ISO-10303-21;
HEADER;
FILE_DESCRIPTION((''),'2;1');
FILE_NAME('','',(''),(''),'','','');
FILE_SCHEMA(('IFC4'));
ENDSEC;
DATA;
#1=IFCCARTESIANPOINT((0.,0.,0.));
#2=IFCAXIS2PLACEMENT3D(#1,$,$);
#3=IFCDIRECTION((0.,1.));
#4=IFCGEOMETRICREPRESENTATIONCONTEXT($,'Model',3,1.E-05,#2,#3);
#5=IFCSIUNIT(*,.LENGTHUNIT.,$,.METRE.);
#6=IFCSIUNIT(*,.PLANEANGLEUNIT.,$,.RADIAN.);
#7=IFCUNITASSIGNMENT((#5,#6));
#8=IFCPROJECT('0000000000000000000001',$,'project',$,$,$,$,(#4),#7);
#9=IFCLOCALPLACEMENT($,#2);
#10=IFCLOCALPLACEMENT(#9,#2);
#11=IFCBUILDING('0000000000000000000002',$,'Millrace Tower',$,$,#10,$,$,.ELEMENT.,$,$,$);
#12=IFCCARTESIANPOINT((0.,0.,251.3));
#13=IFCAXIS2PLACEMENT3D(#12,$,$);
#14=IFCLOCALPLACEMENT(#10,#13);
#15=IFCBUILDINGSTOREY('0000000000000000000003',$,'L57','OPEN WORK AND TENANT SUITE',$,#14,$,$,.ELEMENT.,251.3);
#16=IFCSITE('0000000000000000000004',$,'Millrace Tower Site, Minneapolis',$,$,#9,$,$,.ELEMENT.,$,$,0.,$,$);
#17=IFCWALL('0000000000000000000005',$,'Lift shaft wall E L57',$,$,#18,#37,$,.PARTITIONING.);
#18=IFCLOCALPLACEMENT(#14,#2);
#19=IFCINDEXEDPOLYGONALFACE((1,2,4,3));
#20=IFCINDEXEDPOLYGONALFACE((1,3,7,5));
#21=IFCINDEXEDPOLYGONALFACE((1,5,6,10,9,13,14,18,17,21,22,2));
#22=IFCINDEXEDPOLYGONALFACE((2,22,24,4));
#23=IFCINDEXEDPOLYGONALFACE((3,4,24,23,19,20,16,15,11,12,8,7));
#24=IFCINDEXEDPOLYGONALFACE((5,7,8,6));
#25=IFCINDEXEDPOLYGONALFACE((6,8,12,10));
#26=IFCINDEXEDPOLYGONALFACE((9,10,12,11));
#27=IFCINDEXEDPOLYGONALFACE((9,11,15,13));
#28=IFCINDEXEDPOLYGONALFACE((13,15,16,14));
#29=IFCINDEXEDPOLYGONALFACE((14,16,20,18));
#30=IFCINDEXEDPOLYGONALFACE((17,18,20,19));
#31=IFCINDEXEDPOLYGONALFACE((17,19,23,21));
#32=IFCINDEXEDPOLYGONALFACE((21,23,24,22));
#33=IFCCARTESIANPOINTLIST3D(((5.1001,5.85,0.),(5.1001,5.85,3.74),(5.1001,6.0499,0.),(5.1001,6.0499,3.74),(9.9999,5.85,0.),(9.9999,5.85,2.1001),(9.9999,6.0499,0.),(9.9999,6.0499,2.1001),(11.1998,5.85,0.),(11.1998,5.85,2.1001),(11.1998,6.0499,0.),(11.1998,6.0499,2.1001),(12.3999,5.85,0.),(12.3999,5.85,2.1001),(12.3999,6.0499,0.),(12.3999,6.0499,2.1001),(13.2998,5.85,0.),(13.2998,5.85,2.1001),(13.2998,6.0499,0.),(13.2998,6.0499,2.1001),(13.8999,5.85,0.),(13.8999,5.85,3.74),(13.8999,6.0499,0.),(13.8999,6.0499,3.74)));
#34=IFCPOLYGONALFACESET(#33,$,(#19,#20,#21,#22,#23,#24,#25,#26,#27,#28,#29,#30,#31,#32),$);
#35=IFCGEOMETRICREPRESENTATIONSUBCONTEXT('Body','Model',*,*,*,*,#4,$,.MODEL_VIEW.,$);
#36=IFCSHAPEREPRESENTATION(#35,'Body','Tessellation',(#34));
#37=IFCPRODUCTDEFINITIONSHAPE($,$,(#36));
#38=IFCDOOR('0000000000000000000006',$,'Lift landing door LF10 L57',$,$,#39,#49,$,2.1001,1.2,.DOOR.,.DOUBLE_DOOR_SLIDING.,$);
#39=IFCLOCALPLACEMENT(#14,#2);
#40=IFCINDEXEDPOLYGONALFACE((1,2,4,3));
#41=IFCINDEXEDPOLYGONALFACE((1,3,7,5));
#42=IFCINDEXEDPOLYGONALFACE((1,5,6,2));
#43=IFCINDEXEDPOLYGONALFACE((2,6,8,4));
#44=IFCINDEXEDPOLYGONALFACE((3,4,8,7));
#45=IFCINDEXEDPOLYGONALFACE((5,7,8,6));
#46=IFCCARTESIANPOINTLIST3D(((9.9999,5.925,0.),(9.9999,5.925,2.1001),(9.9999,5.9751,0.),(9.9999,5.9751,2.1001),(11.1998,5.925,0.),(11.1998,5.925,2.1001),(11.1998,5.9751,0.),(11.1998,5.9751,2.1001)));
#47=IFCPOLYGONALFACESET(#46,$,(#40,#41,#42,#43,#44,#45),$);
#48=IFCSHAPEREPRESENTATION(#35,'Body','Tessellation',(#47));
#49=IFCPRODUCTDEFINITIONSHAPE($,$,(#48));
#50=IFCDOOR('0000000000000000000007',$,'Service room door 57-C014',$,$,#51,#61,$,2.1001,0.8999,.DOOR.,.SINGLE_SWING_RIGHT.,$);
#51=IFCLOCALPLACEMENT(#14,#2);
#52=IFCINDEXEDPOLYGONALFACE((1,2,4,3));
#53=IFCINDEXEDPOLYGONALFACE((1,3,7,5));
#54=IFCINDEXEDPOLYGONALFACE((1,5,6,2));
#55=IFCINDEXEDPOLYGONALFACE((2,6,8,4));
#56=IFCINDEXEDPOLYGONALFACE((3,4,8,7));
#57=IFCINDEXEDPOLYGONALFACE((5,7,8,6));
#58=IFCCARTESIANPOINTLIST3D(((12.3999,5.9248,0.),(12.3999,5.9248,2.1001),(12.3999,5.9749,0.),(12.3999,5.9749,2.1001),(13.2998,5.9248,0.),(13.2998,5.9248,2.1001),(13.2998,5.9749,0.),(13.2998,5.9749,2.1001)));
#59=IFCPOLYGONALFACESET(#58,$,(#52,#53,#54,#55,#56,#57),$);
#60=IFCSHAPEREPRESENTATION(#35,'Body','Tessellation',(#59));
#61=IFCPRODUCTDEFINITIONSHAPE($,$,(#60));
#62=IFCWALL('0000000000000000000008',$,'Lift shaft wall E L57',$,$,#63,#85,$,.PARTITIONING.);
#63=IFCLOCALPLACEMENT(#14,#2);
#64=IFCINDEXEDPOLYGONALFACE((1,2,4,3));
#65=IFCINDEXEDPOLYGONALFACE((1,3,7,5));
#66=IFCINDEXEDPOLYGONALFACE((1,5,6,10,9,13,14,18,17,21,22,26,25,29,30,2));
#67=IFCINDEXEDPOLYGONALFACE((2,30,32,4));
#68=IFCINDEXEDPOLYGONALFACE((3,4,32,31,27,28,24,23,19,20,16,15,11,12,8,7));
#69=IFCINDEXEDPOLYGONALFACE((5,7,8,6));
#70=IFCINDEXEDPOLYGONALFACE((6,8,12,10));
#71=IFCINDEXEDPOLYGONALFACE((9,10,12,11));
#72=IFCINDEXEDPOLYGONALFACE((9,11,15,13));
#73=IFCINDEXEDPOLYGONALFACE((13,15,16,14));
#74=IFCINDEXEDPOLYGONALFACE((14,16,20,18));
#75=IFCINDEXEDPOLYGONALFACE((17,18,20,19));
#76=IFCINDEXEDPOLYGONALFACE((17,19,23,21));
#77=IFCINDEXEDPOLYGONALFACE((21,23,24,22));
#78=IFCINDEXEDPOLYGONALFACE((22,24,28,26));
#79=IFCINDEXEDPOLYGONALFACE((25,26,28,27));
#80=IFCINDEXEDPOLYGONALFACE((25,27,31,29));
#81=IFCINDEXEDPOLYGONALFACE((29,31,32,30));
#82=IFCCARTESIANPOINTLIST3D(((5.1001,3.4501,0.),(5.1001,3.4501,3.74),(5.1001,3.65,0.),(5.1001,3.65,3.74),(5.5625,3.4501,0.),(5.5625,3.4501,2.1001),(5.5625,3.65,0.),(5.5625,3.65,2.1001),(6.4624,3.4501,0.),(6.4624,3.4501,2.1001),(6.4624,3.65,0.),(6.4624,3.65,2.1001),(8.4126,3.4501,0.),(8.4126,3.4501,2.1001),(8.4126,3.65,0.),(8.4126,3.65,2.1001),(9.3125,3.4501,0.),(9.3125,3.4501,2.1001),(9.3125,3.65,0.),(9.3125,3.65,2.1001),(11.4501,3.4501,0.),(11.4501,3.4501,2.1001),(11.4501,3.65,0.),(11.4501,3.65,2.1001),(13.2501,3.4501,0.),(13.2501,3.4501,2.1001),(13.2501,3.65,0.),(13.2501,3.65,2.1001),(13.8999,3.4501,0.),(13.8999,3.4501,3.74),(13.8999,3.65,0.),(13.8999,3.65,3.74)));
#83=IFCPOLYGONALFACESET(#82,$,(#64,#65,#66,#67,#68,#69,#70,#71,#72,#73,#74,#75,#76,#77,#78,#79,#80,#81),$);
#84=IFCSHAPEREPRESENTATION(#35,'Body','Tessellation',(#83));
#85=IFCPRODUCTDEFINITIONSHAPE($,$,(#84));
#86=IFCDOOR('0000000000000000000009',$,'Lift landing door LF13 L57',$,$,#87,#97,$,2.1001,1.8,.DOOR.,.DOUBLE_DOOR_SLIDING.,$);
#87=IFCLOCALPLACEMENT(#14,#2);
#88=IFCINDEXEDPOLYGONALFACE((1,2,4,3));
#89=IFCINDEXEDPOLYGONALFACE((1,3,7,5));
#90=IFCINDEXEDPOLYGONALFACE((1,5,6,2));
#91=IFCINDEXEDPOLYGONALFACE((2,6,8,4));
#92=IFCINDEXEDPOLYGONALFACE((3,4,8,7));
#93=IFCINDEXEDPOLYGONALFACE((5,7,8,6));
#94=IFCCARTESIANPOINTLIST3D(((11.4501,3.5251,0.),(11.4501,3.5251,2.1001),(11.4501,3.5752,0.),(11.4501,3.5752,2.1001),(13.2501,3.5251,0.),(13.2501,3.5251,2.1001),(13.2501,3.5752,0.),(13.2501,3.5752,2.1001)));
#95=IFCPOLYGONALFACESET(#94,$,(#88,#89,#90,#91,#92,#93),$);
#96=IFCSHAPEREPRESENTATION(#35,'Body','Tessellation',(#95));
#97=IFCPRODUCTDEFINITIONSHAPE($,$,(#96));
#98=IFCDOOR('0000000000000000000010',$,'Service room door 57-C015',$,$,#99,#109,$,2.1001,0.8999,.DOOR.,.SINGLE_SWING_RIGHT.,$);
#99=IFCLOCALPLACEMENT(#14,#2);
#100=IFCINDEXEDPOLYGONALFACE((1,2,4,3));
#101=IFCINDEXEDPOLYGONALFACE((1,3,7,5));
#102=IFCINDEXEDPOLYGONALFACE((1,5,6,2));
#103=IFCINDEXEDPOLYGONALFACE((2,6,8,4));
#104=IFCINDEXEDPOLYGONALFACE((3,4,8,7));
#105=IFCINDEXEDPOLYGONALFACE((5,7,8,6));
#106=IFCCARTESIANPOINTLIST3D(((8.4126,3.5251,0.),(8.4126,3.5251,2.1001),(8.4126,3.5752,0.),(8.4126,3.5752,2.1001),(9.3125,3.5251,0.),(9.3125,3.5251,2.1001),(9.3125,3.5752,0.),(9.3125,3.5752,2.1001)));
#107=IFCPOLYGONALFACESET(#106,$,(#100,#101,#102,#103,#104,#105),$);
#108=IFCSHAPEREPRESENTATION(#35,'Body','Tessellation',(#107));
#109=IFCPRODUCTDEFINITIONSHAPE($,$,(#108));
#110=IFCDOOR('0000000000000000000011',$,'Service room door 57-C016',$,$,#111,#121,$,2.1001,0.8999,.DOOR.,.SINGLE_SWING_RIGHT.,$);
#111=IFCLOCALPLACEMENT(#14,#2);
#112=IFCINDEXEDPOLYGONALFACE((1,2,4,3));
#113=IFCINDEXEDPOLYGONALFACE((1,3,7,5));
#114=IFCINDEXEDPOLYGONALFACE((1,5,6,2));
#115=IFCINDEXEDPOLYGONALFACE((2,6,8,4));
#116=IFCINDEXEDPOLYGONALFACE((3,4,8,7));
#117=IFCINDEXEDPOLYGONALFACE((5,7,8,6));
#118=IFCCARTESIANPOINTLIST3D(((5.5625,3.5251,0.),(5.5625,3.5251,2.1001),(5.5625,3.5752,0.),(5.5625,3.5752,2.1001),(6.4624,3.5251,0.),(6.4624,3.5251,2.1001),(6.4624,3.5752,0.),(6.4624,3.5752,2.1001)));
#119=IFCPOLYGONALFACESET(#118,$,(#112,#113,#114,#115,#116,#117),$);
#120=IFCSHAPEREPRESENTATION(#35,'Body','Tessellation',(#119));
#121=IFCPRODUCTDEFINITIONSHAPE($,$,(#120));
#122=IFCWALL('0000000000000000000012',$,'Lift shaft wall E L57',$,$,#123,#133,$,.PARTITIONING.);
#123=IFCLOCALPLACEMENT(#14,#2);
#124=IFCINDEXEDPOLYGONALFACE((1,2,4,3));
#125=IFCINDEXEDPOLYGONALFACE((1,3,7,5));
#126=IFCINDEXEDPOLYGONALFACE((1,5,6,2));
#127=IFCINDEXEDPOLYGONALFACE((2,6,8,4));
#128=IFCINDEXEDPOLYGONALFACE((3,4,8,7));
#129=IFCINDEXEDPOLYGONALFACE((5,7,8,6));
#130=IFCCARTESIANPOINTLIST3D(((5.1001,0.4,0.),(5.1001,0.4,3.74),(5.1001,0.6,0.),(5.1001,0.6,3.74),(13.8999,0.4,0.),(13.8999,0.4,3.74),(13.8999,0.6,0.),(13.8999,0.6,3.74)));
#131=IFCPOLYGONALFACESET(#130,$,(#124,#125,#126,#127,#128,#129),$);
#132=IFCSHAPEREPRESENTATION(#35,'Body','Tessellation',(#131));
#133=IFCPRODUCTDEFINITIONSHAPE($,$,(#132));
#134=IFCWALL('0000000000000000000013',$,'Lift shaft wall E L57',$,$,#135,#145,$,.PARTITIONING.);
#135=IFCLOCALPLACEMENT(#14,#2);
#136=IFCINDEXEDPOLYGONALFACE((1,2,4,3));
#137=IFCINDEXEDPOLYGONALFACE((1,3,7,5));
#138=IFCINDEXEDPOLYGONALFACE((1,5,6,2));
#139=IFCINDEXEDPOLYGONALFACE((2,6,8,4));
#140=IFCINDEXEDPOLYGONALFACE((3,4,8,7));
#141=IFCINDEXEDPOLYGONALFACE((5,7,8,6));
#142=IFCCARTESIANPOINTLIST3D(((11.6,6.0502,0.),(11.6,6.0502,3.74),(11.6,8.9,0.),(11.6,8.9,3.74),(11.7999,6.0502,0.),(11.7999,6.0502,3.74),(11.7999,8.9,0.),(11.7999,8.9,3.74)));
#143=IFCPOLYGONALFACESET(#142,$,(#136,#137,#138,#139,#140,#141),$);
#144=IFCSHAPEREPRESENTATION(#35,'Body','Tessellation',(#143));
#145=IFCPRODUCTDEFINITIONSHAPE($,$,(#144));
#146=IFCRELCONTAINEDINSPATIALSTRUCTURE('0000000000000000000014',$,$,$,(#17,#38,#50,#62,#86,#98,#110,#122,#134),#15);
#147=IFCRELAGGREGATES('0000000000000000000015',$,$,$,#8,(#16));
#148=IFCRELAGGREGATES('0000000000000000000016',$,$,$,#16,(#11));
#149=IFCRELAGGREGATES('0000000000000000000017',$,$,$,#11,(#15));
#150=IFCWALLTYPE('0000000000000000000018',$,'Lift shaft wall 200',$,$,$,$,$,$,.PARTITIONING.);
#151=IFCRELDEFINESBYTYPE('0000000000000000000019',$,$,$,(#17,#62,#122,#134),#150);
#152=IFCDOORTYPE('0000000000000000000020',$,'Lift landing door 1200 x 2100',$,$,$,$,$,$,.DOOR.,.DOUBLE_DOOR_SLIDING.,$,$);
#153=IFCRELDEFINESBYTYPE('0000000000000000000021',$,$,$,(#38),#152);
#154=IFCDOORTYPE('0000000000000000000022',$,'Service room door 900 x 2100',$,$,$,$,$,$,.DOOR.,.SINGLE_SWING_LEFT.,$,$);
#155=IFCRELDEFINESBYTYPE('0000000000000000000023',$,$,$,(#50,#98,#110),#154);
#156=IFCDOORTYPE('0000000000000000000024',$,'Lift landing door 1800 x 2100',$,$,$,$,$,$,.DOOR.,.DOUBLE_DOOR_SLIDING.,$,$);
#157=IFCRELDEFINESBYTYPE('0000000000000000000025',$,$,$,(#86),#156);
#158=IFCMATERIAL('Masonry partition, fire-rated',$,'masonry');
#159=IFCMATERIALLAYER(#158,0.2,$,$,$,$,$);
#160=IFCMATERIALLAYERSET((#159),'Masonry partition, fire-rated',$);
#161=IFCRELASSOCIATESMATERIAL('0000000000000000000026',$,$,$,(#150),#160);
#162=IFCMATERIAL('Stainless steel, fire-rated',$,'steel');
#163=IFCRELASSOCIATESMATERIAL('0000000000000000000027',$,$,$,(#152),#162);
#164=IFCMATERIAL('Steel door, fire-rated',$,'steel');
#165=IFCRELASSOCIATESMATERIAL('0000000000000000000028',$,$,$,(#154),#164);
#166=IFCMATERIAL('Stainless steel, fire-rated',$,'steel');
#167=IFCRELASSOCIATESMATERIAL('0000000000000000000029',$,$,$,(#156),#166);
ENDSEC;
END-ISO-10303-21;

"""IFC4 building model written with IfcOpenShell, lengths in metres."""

from ifc_helpers import new_model, si_unit, direction, frame, frame_2d, origin, place, context, subcontext, project, spatial, rectangle, extrude, material, layer, layer_set, type_object, element, fill, save


model = new_model("IFC4")

# Units and contexts
model_context = context("Model", 3, precision=1e-05, world=origin(), true_north=direction((0.0, 1.0)))
body_context = subcontext(model_context, "Body", "Model", "MODEL_VIEW")
ifc_project = project(units=[si_unit("LENGTHUNIT", "METRE"), si_unit("PLANEANGLEUNIT", "RADIAN")], contexts=[model_context])

# Site, building, storey
site_placement = place(None, origin())
site = spatial("IfcSite", under=ifc_project, at=site_placement, Name="Millrace Tower Site, Minneapolis", CompositionType="ELEMENT", RefElevation=0.0)
building_placement = place(site_placement, origin())
building = spatial("IfcBuilding", under=site, at=building_placement, Name="Millrace Tower", CompositionType="ELEMENT")
storey_placement = place(building_placement, frame((0.0, 0.0, 251.3)))
storey = spatial("IfcBuildingStorey", under=building, at=storey_placement, Name="L57", Description="OPEN WORK AND TENANT SUITE", CompositionType="ELEMENT", Elevation=251.3)

# Walls, openings, doors
ifc_material_1 = material(Name="Masonry partition, fire-rated", Category="masonry")
ifc_layer_1 = layer(ifc_material_1, 0.2)
ifc_layer_set_1 = layer_set([ifc_layer_1], Name="Masonry partition, fire-rated")
wall_type_1 = type_object("IfcWallType", Name="Lift shaft wall 200", PredefinedType="PARTITIONING", material=ifc_layer_set_1)
wall_1_placement = place(storey_placement, frame((13.8999, 5.95, 0.0), z_axis=(0.0, 0.0, 1.0), x_axis=(-1.0, 0.0, 0.0)))
wall_1 = element("IfcWall", 1, at=wall_1_placement, inside=storey, type_object=wall_type_1, Name="Lift shaft wall E L57", PredefinedType="PARTITIONING", context=body_context, shape_type="SweptSolid", body=[
    extrude(rectangle(XDim=8.7998, YDim=0.2, at=frame_2d((4.3999, 0.0))), origin(), (0.0, 0.0, 1.0), 3.74),
])
opening_1_placement = place(wall_1_placement, frame((2.7, 0.0, 0.0)))
opening_1 = element("IfcOpeningElement", 2, at=opening_1_placement, cuts=wall_1, PredefinedType="OPENING", context=body_context, shape_type="SweptSolid", body=[
    extrude(rectangle(XDim=1.2, YDim=2.1001, at=frame_2d((0.6001, 1.05))), frame((0.0, 0.1099, 0.0), z_axis=(0.0, -1.0, 0.0), x_axis=(1.0, 0.0, 0.0)), (0.0, 0.0, 1.0), 0.22),
])
opening_2_placement = place(wall_1_placement, frame((0.6001, 0.0, 0.0)))
opening_2 = element("IfcOpeningElement", 3, at=opening_2_placement, cuts=wall_1, PredefinedType="OPENING", context=body_context, shape_type="SweptSolid", body=[
    extrude(rectangle(XDim=0.8999, YDim=2.1001, at=frame_2d((0.45, 1.05))), frame((0.0, 0.1099, 0.0), z_axis=(0.0, -1.0, 0.0), x_axis=(1.0, 0.0, 0.0)), (0.0, 0.0, 1.0), 0.22),
])
ifc_material_2 = material(Name="Stainless steel, fire-rated", Category="steel")
door_type_1 = type_object("IfcDoorType", Name="Lift landing door 1200 x 2100", OperationType="DOUBLE_DOOR_SLIDING", PredefinedType="DOOR", material=ifc_material_2)
door_1_placement = place(opening_1_placement, origin())
door_1 = element("IfcDoor", 4, at=door_1_placement, inside=storey, type_object=door_type_1, Name="Lift landing door LF10 L57", OperationType="DOUBLE_DOOR_SLIDING", OverallHeight=2.1001, OverallWidth=1.2, PredefinedType="DOOR", context=body_context, shape_type="SweptSolid", body=[
    extrude(rectangle(XDim=1.2, YDim=2.1001, at=frame_2d((0.6001, 1.05))), frame((0.0, 0.0249, 0.0), z_axis=(0.0, -1.0, 0.0), x_axis=(1.0, 0.0, 0.0)), (0.0, 0.0, 1.0), 0.05),
])
fill(opening_1, door_1)
ifc_material_3 = material(Name="Steel door, fire-rated", Category="steel")
door_type_2 = type_object("IfcDoorType", Name="Service room door 900 x 2100", OperationType="SINGLE_SWING_LEFT", PredefinedType="DOOR", material=ifc_material_3)
door_2_placement = place(opening_2_placement, frame((0.8999, 0.0, 0.0), z_axis=(0.0, 0.0, 1.0), x_axis=(-1.0, 0.0, 0.0)))
door_2 = element("IfcDoor", 5, at=door_2_placement, inside=storey, type_object=door_type_2, Name="Service room door 57-C014", OperationType="SINGLE_SWING_RIGHT", OverallHeight=2.1001, OverallWidth=0.8999, PredefinedType="DOOR", context=body_context, shape_type="SweptSolid", body=[
    extrude(rectangle(XDim=0.8999, YDim=2.1001, at=frame_2d((0.45, 1.05))), frame((0.0, 0.0249, 0.0), z_axis=(0.0, -1.0, 0.0), x_axis=(1.0, 0.0, 0.0)), (0.0, 0.0, 1.0), 0.05),
])
fill(opening_2, door_2)
wall_2_placement = place(storey_placement, frame((13.8999, 3.55, 0.0), z_axis=(0.0, 0.0, 1.0), x_axis=(-1.0, 0.0, 0.0)))
wall_2 = element("IfcWall", 6, at=wall_2_placement, inside=storey, type_object=wall_type_1, Name="Lift shaft wall E L57", PredefinedType="PARTITIONING", context=body_context, shape_type="SweptSolid", body=[
    extrude(rectangle(XDim=8.7998, YDim=0.2, at=frame_2d((4.3999, 0.0))), origin(), (0.0, 0.0, 1.0), 3.74),
])
opening_3_placement = place(wall_2_placement, frame((0.6499, 0.0, 0.0)))
opening_3 = element("IfcOpeningElement", 7, at=opening_3_placement, cuts=wall_2, PredefinedType="OPENING", context=body_context, shape_type="SweptSolid", body=[
    extrude(rectangle(XDim=1.8, YDim=2.1001, at=frame_2d((0.8999, 1.05))), frame((0.0, 0.1099, 0.0), z_axis=(0.0, -1.0, 0.0), x_axis=(1.0, 0.0, 0.0)), (0.0, 0.0, 1.0), 0.22),
])
opening_4_placement = place(wall_2_placement, frame((4.5874, 0.0, 0.0)))
opening_4 = element("IfcOpeningElement", 8, at=opening_4_placement, cuts=wall_2, PredefinedType="OPENING", context=body_context, shape_type="SweptSolid", body=[
    extrude(rectangle(XDim=0.8999, YDim=2.1001, at=frame_2d((0.45, 1.05))), frame((0.0, 0.1099, 0.0), z_axis=(0.0, -1.0, 0.0), x_axis=(1.0, 0.0, 0.0)), (0.0, 0.0, 1.0), 0.22),
])
opening_5_placement = place(wall_2_placement, frame((7.4375, 0.0, 0.0)))
opening_5 = element("IfcOpeningElement", 9, at=opening_5_placement, cuts=wall_2, PredefinedType="OPENING", context=body_context, shape_type="SweptSolid", body=[
    extrude(rectangle(XDim=0.8999, YDim=2.1001, at=frame_2d((0.45, 1.05))), frame((0.0, 0.1099, 0.0), z_axis=(0.0, -1.0, 0.0), x_axis=(1.0, 0.0, 0.0)), (0.0, 0.0, 1.0), 0.22),
])
ifc_material_4 = material(Name="Stainless steel, fire-rated", Category="steel")
door_type_3 = type_object("IfcDoorType", Name="Lift landing door 1800 x 2100", OperationType="DOUBLE_DOOR_SLIDING", PredefinedType="DOOR", material=ifc_material_4)
door_3_placement = place(opening_3_placement, origin())
door_3 = element("IfcDoor", 10, at=door_3_placement, inside=storey, type_object=door_type_3, Name="Lift landing door LF13 L57", OperationType="DOUBLE_DOOR_SLIDING", OverallHeight=2.1001, OverallWidth=1.8, PredefinedType="DOOR", context=body_context, shape_type="SweptSolid", body=[
    extrude(rectangle(XDim=1.8, YDim=2.1001, at=frame_2d((0.8999, 1.05))), frame((0.0, 0.0249, 0.0), z_axis=(0.0, -1.0, 0.0), x_axis=(1.0, 0.0, 0.0)), (0.0, 0.0, 1.0), 0.05),
])
fill(opening_3, door_3)
door_4_placement = place(opening_4_placement, origin())
door_4 = element("IfcDoor", 11, at=door_4_placement, inside=storey, type_object=door_type_2, Name="Service room door 57-C015", OperationType="SINGLE_SWING_RIGHT", OverallHeight=2.1001, OverallWidth=0.8999, PredefinedType="DOOR", context=body_context, shape_type="SweptSolid", body=[
    extrude(rectangle(XDim=0.8999, YDim=2.1001, at=frame_2d((0.45, 1.05))), frame((0.0, 0.0249, 0.0), z_axis=(0.0, -1.0, 0.0), x_axis=(1.0, 0.0, 0.0)), (0.0, 0.0, 1.0), 0.05),
])
fill(opening_4, door_4)
door_5_placement = place(opening_5_placement, origin())
door_5 = element("IfcDoor", 12, at=door_5_placement, inside=storey, type_object=door_type_2, Name="Service room door 57-C016", OperationType="SINGLE_SWING_RIGHT", OverallHeight=2.1001, OverallWidth=0.8999, PredefinedType="DOOR", context=body_context, shape_type="SweptSolid", body=[
    extrude(rectangle(XDim=0.8999, YDim=2.1001, at=frame_2d((0.45, 1.05))), frame((0.0, 0.0249, 0.0), z_axis=(0.0, -1.0, 0.0), x_axis=(1.0, 0.0, 0.0)), (0.0, 0.0, 1.0), 0.05),
])
fill(opening_5, door_5)

# Walls
wall_3_placement = place(storey_placement, frame((13.8999, 0.5, 0.0), z_axis=(0.0, 0.0, 1.0), x_axis=(-1.0, 0.0, 0.0)))
element("IfcWall", 13, at=wall_3_placement, inside=storey, type_object=wall_type_1, Name="Lift shaft wall E L57", PredefinedType="PARTITIONING", context=body_context, shape_type="SweptSolid", body=[
    extrude(rectangle(XDim=8.7998, YDim=0.2, at=frame_2d((4.3999, 0.0))), origin(), (0.0, 0.0, 1.0), 3.74),
])
wall_4_placement = place(storey_placement, frame((11.7, 8.8999, 0.0), z_axis=(0.0, 0.0, 1.0), x_axis=(0.0, -1.0, 0.0)))
element("IfcWall", 14, at=wall_4_placement, inside=storey, type_object=wall_type_1, Name="Lift shaft wall E L57", PredefinedType="PARTITIONING", context=body_context, shape_type="SweptSolid", body=[
    extrude(rectangle(XDim=2.8499, YDim=0.2, at=frame_2d((1.4248, 0.0))), origin(), (0.0, 0.0, 1.0), 3.74),
])

save(model, "model.ifc")
